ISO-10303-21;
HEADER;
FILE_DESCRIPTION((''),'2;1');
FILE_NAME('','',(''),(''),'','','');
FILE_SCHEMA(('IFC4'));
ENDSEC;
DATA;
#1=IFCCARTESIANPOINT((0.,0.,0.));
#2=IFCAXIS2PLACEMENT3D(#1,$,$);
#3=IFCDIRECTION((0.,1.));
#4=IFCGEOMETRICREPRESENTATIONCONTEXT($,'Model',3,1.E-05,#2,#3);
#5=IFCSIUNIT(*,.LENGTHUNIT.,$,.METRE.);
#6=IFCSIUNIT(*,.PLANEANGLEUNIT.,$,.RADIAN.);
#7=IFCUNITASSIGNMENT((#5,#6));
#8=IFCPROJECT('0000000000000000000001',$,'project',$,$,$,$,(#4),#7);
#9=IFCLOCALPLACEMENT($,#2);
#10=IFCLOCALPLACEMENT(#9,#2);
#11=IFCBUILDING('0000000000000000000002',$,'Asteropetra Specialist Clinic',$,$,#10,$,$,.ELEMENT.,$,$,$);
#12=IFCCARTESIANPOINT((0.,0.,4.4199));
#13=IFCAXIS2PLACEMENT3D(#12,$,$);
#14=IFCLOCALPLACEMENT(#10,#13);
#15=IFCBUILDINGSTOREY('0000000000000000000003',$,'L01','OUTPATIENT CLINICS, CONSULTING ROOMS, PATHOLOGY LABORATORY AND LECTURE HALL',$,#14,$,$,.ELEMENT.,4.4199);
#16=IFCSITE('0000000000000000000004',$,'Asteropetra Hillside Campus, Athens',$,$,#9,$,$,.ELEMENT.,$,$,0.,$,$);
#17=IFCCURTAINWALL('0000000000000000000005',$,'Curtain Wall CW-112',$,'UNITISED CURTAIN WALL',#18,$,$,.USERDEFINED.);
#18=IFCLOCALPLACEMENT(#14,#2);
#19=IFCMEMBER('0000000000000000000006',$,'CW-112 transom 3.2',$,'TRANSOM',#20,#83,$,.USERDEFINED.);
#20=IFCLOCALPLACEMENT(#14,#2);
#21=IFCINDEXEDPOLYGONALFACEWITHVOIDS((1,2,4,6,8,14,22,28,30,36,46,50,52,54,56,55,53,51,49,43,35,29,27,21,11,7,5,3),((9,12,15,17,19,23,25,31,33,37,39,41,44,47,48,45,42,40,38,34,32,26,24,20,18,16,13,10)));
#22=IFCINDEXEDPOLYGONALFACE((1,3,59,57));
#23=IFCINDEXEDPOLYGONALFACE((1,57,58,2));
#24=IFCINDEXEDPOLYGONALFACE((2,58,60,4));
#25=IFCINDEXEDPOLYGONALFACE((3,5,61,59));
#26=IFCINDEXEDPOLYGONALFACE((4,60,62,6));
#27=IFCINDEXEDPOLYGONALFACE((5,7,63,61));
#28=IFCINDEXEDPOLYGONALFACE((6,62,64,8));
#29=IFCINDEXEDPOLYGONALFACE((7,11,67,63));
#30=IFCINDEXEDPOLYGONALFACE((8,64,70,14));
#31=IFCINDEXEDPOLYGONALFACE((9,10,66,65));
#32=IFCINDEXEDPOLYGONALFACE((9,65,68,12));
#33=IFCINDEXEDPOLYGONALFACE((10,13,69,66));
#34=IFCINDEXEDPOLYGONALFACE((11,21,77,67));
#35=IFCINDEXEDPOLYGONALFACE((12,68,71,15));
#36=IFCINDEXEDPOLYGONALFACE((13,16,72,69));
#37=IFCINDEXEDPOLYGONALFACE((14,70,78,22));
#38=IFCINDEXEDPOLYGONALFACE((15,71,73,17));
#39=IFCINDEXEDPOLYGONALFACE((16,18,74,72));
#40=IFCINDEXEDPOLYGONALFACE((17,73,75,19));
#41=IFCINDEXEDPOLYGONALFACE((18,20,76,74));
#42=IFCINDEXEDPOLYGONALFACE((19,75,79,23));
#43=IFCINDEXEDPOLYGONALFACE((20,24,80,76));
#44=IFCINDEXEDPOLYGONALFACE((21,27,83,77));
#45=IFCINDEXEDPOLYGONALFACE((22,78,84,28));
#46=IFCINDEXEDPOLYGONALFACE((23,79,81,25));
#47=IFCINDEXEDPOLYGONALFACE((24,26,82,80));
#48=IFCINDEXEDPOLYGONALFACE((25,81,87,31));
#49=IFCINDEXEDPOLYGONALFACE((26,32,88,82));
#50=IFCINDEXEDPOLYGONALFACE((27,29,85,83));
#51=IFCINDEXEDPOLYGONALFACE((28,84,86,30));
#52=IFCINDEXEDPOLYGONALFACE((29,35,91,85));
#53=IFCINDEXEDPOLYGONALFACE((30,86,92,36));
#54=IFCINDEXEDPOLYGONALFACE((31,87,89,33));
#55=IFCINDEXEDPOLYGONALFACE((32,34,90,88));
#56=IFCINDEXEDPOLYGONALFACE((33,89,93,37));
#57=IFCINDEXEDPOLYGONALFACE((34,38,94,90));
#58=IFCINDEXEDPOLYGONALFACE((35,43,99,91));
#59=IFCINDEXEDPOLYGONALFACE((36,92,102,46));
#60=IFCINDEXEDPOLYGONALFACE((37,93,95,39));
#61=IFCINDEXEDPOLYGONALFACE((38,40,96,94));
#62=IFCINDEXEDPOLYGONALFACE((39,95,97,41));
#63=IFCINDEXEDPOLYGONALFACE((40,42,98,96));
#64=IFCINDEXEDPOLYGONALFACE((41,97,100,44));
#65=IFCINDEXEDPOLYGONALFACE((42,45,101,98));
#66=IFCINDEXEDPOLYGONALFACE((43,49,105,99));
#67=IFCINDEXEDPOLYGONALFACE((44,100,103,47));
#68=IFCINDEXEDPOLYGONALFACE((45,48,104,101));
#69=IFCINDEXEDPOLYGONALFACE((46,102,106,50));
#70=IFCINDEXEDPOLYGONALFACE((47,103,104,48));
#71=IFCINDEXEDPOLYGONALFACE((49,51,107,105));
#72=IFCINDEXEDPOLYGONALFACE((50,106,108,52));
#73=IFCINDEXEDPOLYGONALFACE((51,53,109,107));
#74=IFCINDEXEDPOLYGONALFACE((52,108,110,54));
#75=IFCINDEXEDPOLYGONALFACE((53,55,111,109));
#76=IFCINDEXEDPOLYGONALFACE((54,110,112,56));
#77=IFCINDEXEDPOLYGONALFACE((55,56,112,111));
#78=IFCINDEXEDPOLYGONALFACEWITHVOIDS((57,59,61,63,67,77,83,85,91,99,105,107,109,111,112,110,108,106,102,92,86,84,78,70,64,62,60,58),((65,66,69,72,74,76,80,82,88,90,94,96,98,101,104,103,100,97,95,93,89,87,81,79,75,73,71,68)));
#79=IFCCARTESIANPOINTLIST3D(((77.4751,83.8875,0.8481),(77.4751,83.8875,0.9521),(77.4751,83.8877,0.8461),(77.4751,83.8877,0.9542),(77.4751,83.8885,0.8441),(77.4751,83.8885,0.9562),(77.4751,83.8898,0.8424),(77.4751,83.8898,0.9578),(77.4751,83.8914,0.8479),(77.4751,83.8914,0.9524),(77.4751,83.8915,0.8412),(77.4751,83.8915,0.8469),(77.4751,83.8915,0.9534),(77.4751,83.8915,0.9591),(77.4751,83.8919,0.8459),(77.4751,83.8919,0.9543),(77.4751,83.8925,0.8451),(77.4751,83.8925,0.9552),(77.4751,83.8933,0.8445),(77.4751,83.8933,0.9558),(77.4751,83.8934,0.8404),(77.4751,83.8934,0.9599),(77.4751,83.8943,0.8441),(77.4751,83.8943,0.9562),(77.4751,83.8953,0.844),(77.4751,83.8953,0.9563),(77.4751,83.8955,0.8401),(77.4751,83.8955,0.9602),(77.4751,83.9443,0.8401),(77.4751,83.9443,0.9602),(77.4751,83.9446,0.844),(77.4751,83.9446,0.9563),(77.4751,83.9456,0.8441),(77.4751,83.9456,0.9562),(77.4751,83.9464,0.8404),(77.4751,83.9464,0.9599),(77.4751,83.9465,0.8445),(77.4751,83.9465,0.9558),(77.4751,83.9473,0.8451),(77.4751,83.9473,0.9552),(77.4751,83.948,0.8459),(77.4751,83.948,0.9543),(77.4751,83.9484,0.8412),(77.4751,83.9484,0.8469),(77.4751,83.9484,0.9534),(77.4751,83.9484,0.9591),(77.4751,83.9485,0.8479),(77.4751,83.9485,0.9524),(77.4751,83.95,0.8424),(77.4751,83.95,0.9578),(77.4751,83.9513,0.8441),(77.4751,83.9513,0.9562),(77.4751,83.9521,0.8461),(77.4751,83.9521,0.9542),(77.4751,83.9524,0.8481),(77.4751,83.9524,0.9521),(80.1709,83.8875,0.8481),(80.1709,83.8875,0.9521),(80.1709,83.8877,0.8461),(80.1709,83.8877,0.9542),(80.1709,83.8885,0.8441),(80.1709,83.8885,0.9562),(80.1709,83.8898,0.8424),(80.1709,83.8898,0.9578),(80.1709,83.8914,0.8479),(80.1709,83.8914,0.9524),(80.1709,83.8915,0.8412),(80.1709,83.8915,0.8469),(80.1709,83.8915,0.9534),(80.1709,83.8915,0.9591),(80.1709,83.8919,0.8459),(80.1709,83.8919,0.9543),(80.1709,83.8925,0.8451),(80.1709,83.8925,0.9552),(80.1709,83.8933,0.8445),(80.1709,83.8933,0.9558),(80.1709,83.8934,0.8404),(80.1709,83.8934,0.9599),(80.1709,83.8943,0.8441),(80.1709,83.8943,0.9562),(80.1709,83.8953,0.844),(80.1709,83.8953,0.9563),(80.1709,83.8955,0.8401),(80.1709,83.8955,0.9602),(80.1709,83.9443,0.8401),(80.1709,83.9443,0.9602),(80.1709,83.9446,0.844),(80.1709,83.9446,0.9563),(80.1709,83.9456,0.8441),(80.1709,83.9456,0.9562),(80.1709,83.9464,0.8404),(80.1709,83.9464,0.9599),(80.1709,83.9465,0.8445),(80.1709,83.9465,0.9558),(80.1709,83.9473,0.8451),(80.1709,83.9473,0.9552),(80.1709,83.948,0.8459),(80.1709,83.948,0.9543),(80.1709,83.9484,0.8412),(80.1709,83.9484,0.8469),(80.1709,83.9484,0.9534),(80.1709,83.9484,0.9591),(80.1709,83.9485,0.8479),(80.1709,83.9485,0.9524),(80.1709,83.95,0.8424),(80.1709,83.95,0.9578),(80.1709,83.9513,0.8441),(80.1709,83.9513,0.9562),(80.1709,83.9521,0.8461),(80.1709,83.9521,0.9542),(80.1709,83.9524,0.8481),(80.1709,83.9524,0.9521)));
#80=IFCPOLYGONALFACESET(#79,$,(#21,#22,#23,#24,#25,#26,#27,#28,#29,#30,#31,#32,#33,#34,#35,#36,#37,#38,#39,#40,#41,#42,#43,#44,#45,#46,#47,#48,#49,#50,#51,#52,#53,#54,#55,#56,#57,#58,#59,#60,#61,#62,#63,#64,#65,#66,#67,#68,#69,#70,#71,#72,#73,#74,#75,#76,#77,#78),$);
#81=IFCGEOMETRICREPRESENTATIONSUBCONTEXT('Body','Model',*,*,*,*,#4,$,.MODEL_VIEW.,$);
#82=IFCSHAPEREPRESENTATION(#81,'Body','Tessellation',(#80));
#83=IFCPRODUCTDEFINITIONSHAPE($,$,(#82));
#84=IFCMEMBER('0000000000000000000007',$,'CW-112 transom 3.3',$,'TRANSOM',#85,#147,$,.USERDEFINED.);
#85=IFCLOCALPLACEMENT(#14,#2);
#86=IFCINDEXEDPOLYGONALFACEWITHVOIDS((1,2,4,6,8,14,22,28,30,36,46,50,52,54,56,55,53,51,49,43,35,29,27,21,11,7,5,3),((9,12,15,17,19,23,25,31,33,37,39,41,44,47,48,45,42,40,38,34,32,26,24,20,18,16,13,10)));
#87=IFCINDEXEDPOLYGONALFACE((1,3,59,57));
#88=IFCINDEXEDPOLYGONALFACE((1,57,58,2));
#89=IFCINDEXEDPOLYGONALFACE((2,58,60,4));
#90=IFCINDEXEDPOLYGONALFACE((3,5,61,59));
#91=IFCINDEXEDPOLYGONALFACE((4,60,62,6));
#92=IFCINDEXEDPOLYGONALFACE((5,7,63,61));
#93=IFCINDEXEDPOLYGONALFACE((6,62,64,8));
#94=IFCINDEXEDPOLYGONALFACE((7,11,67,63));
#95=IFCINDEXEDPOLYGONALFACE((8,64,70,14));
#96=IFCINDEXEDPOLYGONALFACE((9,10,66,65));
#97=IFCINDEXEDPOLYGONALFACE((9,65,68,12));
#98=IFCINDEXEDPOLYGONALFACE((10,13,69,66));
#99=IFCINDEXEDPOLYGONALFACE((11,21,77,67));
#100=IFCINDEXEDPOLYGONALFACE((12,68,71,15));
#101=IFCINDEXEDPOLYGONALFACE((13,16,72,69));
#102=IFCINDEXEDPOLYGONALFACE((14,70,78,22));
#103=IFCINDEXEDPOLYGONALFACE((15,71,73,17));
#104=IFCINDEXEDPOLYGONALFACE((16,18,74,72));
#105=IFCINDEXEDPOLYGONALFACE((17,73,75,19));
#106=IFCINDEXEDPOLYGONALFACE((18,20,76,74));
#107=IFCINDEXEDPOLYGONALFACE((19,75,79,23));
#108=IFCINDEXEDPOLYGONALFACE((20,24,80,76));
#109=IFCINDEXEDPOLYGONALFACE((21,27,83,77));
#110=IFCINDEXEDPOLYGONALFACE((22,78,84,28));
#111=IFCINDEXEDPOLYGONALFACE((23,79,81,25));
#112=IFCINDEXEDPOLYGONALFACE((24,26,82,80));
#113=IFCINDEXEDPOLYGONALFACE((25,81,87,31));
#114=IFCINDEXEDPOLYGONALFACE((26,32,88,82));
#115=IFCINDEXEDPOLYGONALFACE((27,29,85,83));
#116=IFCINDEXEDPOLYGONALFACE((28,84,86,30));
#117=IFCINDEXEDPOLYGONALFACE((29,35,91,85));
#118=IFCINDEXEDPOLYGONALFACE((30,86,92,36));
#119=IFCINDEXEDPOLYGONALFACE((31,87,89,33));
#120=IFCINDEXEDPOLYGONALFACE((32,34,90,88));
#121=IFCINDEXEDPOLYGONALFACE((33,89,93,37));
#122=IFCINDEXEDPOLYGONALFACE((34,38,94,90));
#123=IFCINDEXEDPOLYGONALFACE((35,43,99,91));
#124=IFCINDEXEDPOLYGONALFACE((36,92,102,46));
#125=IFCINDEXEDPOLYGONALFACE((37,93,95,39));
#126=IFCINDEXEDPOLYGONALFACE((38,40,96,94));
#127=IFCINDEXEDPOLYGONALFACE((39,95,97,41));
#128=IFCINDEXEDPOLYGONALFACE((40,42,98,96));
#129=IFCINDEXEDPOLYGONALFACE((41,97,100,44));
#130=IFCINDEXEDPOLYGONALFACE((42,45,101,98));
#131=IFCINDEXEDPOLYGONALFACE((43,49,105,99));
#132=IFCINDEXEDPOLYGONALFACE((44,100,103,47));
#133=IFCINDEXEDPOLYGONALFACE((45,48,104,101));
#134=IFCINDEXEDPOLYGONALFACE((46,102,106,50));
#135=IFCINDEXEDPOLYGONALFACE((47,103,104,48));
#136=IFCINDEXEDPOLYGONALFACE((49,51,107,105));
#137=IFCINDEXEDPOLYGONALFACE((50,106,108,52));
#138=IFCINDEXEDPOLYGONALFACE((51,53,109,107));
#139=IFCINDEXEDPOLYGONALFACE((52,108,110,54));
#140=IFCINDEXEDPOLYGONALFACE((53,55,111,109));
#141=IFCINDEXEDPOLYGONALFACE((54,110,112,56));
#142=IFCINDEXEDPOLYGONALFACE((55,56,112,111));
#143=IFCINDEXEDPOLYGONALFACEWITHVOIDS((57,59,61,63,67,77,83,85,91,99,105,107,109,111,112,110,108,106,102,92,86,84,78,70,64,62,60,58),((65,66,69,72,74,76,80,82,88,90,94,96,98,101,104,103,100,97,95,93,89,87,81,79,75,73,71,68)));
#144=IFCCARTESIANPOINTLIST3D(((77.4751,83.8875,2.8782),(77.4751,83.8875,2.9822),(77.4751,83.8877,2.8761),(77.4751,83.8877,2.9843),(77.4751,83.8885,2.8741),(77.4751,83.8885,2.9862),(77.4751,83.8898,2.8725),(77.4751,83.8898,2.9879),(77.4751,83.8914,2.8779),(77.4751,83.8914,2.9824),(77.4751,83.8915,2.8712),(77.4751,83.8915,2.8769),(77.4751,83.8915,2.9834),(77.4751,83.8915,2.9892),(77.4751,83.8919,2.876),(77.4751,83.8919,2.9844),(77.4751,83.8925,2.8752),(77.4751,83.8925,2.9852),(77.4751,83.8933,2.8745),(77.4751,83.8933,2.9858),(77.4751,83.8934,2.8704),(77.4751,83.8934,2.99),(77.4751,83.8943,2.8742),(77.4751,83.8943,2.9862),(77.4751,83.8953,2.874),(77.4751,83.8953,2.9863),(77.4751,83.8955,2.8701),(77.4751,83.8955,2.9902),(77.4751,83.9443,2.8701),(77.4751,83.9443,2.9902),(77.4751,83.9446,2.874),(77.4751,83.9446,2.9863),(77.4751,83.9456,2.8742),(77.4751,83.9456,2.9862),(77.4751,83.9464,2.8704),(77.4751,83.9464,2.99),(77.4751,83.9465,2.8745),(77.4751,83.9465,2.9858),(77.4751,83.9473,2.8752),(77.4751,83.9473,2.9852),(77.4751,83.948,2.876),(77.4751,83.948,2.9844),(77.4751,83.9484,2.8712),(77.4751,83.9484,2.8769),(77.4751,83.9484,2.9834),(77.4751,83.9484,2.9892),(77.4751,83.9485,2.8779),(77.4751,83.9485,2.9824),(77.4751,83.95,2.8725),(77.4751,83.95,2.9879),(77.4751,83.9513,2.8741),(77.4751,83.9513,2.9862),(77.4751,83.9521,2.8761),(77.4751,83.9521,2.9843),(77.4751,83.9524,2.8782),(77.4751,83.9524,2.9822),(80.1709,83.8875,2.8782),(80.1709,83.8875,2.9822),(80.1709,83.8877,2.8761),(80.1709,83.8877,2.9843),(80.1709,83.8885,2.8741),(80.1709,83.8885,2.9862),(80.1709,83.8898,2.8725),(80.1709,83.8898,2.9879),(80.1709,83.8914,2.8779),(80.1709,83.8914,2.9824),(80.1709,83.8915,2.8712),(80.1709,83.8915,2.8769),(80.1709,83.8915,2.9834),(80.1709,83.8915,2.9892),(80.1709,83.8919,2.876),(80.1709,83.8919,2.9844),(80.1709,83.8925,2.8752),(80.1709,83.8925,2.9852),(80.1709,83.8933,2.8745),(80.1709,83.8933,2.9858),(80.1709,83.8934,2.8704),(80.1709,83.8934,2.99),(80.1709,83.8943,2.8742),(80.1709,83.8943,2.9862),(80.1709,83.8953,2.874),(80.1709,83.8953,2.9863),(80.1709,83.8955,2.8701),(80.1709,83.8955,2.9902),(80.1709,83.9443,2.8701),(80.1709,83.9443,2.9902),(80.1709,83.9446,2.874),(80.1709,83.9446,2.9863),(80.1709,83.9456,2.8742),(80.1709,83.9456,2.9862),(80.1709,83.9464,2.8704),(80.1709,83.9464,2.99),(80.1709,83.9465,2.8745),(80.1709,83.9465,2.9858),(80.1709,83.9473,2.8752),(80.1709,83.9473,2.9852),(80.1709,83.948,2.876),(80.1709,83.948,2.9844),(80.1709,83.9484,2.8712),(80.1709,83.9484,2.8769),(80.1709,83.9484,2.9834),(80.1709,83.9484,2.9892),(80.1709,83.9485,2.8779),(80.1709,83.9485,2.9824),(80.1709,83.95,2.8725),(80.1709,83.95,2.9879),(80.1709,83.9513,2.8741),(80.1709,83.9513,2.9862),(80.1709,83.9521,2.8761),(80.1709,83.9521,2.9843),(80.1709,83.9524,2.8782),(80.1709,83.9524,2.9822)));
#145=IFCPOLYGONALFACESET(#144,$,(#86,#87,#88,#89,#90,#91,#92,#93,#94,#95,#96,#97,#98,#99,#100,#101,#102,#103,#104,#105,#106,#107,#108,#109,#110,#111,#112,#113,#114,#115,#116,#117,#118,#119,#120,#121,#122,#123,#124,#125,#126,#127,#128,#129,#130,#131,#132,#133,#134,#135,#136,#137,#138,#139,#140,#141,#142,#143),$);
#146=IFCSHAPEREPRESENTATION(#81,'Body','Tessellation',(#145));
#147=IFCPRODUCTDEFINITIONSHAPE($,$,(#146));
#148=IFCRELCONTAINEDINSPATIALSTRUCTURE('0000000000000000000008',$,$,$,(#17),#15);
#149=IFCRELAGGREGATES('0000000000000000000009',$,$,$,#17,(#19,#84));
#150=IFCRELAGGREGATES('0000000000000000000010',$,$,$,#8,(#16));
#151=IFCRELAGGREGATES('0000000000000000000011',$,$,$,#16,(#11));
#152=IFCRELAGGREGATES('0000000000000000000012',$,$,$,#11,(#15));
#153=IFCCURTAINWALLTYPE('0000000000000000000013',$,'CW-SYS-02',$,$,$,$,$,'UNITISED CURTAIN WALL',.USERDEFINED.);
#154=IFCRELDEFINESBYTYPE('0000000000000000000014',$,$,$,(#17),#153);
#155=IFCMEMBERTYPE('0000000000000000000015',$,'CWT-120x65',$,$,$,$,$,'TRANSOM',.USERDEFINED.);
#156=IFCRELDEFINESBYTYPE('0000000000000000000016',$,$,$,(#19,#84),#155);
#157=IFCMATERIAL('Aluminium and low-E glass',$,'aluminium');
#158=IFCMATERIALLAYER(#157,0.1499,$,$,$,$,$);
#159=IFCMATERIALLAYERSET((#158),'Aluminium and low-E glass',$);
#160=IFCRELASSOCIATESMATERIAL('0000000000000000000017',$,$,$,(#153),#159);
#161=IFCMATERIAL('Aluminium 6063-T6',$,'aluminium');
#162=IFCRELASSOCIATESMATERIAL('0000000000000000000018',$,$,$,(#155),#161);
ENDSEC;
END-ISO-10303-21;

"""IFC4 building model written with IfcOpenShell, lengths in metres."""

from ifc_helpers import new_model, si_unit, direction, frame, origin, origin_2d, place, context, subcontext, project, spatial, hollow_rectangle, extrude, material, layer, layer_set, material_profile, profile_set, type_object, element, aggregate, save


model = new_model("IFC4")

# Units and contexts
model_context = context("Model", 3, precision=1e-05, world=origin(), true_north=direction((0.0, 1.0)))
body_context = subcontext(model_context, "Body", "Model", "MODEL_VIEW")
ifc_project = project(units=[si_unit("LENGTHUNIT", "METRE"), si_unit("PLANEANGLEUNIT", "RADIAN")], contexts=[model_context])

# Site, building, storey
site_placement = place(None, origin())
site = spatial("IfcSite", under=ifc_project, at=site_placement, Name="Asteropetra Hillside Campus, Athens", CompositionType="ELEMENT", RefElevation=0.0)
building_placement = place(site_placement, origin())
building = spatial("IfcBuilding", under=site, at=building_placement, Name="Asteropetra Specialist Clinic", CompositionType="ELEMENT")
storey_placement = place(building_placement, frame((0.0, 0.0, 4.4199)))
storey = spatial("IfcBuildingStorey", under=building, at=storey_placement, Name="L01", Description="OUTPATIENT CLINICS, CONSULTING ROOMS, PATHOLOGY LABORATORY AND LECTURE HALL", CompositionType="ELEMENT", Elevation=4.4199)

# Curtain wall, members
ifc_material_1 = material(Name="Aluminium and low-E glass", Category="aluminium")
ifc_layer_1 = layer(ifc_material_1, 0.1499)
ifc_layer_set_1 = layer_set([ifc_layer_1], Name="Aluminium and low-E glass")
curtain_wall_type = type_object("IfcCurtainWallType", Name="CW-SYS-02", ElementType="UNITISED CURTAIN WALL", PredefinedType="USERDEFINED", material=ifc_layer_set_1)
curtain_wall_placement = place(storey_placement, origin())
curtain_wall = element("IfcCurtainWall", 1, at=curtain_wall_placement, inside=storey, type_object=curtain_wall_type, Name="Curtain Wall CW-112", ObjectType="UNITISED CURTAIN WALL", PredefinedType="USERDEFINED")
ifc_material_2 = material(Name="Aluminium 6063-T6", Category="aluminium")
ifc_material_profile_1 = material_profile(ifc_material_2, hollow_rectangle(XDim=0.0649, YDim=0.1201, WallThickness=0.0039, InnerFilletRadius=0.0039, OuterFilletRadius=0.0081, at=origin_2d()), Name="TRN 120x65x4.0")
ifc_profile_set_1 = profile_set([ifc_material_profile_1], Name="Aluminium 6063-T6")
member_type_1 = type_object("IfcMemberType", Name="CWT-120x65", ElementType="TRANSOM", PredefinedType="USERDEFINED", material=ifc_profile_set_1)
member_1_placement = place(storey_placement, frame((80.1709, 83.9199, 0.9001), z_axis=(-1.0, 0.0, 0.0), x_axis=(0.0, -1.0, 0.0)))
member_1 = element("IfcMember", 2, at=member_1_placement, type_object=member_type_1, Name="CW-112 transom 3.2", ObjectType="TRANSOM", PredefinedType="USERDEFINED", context=body_context, shape_type="SweptSolid", body=[
    extrude(hollow_rectangle(XDim=0.0649, YDim=0.1201, WallThickness=0.0039, InnerFilletRadius=0.0039, OuterFilletRadius=0.0081, at=origin_2d()), origin(), (0.0, 0.0, 1.0), 2.6958),
])
member_2_placement = place(storey_placement, frame((80.1709, 83.9199, 2.9302), z_axis=(-1.0, 0.0, 0.0), x_axis=(0.0, -1.0, 0.0)))
member_2 = element("IfcMember", 3, at=member_2_placement, type_object=member_type_1, Name="CW-112 transom 3.3", ObjectType="TRANSOM", PredefinedType="USERDEFINED", context=body_context, shape_type="SweptSolid", body=[
    extrude(hollow_rectangle(XDim=0.0649, YDim=0.1201, WallThickness=0.0039, InnerFilletRadius=0.0039, OuterFilletRadius=0.0081, at=origin_2d()), origin(), (0.0, 0.0, 1.0), 2.6958),
])
aggregate(curtain_wall, [member_1, member_2])

save(model, "model.ifc")
